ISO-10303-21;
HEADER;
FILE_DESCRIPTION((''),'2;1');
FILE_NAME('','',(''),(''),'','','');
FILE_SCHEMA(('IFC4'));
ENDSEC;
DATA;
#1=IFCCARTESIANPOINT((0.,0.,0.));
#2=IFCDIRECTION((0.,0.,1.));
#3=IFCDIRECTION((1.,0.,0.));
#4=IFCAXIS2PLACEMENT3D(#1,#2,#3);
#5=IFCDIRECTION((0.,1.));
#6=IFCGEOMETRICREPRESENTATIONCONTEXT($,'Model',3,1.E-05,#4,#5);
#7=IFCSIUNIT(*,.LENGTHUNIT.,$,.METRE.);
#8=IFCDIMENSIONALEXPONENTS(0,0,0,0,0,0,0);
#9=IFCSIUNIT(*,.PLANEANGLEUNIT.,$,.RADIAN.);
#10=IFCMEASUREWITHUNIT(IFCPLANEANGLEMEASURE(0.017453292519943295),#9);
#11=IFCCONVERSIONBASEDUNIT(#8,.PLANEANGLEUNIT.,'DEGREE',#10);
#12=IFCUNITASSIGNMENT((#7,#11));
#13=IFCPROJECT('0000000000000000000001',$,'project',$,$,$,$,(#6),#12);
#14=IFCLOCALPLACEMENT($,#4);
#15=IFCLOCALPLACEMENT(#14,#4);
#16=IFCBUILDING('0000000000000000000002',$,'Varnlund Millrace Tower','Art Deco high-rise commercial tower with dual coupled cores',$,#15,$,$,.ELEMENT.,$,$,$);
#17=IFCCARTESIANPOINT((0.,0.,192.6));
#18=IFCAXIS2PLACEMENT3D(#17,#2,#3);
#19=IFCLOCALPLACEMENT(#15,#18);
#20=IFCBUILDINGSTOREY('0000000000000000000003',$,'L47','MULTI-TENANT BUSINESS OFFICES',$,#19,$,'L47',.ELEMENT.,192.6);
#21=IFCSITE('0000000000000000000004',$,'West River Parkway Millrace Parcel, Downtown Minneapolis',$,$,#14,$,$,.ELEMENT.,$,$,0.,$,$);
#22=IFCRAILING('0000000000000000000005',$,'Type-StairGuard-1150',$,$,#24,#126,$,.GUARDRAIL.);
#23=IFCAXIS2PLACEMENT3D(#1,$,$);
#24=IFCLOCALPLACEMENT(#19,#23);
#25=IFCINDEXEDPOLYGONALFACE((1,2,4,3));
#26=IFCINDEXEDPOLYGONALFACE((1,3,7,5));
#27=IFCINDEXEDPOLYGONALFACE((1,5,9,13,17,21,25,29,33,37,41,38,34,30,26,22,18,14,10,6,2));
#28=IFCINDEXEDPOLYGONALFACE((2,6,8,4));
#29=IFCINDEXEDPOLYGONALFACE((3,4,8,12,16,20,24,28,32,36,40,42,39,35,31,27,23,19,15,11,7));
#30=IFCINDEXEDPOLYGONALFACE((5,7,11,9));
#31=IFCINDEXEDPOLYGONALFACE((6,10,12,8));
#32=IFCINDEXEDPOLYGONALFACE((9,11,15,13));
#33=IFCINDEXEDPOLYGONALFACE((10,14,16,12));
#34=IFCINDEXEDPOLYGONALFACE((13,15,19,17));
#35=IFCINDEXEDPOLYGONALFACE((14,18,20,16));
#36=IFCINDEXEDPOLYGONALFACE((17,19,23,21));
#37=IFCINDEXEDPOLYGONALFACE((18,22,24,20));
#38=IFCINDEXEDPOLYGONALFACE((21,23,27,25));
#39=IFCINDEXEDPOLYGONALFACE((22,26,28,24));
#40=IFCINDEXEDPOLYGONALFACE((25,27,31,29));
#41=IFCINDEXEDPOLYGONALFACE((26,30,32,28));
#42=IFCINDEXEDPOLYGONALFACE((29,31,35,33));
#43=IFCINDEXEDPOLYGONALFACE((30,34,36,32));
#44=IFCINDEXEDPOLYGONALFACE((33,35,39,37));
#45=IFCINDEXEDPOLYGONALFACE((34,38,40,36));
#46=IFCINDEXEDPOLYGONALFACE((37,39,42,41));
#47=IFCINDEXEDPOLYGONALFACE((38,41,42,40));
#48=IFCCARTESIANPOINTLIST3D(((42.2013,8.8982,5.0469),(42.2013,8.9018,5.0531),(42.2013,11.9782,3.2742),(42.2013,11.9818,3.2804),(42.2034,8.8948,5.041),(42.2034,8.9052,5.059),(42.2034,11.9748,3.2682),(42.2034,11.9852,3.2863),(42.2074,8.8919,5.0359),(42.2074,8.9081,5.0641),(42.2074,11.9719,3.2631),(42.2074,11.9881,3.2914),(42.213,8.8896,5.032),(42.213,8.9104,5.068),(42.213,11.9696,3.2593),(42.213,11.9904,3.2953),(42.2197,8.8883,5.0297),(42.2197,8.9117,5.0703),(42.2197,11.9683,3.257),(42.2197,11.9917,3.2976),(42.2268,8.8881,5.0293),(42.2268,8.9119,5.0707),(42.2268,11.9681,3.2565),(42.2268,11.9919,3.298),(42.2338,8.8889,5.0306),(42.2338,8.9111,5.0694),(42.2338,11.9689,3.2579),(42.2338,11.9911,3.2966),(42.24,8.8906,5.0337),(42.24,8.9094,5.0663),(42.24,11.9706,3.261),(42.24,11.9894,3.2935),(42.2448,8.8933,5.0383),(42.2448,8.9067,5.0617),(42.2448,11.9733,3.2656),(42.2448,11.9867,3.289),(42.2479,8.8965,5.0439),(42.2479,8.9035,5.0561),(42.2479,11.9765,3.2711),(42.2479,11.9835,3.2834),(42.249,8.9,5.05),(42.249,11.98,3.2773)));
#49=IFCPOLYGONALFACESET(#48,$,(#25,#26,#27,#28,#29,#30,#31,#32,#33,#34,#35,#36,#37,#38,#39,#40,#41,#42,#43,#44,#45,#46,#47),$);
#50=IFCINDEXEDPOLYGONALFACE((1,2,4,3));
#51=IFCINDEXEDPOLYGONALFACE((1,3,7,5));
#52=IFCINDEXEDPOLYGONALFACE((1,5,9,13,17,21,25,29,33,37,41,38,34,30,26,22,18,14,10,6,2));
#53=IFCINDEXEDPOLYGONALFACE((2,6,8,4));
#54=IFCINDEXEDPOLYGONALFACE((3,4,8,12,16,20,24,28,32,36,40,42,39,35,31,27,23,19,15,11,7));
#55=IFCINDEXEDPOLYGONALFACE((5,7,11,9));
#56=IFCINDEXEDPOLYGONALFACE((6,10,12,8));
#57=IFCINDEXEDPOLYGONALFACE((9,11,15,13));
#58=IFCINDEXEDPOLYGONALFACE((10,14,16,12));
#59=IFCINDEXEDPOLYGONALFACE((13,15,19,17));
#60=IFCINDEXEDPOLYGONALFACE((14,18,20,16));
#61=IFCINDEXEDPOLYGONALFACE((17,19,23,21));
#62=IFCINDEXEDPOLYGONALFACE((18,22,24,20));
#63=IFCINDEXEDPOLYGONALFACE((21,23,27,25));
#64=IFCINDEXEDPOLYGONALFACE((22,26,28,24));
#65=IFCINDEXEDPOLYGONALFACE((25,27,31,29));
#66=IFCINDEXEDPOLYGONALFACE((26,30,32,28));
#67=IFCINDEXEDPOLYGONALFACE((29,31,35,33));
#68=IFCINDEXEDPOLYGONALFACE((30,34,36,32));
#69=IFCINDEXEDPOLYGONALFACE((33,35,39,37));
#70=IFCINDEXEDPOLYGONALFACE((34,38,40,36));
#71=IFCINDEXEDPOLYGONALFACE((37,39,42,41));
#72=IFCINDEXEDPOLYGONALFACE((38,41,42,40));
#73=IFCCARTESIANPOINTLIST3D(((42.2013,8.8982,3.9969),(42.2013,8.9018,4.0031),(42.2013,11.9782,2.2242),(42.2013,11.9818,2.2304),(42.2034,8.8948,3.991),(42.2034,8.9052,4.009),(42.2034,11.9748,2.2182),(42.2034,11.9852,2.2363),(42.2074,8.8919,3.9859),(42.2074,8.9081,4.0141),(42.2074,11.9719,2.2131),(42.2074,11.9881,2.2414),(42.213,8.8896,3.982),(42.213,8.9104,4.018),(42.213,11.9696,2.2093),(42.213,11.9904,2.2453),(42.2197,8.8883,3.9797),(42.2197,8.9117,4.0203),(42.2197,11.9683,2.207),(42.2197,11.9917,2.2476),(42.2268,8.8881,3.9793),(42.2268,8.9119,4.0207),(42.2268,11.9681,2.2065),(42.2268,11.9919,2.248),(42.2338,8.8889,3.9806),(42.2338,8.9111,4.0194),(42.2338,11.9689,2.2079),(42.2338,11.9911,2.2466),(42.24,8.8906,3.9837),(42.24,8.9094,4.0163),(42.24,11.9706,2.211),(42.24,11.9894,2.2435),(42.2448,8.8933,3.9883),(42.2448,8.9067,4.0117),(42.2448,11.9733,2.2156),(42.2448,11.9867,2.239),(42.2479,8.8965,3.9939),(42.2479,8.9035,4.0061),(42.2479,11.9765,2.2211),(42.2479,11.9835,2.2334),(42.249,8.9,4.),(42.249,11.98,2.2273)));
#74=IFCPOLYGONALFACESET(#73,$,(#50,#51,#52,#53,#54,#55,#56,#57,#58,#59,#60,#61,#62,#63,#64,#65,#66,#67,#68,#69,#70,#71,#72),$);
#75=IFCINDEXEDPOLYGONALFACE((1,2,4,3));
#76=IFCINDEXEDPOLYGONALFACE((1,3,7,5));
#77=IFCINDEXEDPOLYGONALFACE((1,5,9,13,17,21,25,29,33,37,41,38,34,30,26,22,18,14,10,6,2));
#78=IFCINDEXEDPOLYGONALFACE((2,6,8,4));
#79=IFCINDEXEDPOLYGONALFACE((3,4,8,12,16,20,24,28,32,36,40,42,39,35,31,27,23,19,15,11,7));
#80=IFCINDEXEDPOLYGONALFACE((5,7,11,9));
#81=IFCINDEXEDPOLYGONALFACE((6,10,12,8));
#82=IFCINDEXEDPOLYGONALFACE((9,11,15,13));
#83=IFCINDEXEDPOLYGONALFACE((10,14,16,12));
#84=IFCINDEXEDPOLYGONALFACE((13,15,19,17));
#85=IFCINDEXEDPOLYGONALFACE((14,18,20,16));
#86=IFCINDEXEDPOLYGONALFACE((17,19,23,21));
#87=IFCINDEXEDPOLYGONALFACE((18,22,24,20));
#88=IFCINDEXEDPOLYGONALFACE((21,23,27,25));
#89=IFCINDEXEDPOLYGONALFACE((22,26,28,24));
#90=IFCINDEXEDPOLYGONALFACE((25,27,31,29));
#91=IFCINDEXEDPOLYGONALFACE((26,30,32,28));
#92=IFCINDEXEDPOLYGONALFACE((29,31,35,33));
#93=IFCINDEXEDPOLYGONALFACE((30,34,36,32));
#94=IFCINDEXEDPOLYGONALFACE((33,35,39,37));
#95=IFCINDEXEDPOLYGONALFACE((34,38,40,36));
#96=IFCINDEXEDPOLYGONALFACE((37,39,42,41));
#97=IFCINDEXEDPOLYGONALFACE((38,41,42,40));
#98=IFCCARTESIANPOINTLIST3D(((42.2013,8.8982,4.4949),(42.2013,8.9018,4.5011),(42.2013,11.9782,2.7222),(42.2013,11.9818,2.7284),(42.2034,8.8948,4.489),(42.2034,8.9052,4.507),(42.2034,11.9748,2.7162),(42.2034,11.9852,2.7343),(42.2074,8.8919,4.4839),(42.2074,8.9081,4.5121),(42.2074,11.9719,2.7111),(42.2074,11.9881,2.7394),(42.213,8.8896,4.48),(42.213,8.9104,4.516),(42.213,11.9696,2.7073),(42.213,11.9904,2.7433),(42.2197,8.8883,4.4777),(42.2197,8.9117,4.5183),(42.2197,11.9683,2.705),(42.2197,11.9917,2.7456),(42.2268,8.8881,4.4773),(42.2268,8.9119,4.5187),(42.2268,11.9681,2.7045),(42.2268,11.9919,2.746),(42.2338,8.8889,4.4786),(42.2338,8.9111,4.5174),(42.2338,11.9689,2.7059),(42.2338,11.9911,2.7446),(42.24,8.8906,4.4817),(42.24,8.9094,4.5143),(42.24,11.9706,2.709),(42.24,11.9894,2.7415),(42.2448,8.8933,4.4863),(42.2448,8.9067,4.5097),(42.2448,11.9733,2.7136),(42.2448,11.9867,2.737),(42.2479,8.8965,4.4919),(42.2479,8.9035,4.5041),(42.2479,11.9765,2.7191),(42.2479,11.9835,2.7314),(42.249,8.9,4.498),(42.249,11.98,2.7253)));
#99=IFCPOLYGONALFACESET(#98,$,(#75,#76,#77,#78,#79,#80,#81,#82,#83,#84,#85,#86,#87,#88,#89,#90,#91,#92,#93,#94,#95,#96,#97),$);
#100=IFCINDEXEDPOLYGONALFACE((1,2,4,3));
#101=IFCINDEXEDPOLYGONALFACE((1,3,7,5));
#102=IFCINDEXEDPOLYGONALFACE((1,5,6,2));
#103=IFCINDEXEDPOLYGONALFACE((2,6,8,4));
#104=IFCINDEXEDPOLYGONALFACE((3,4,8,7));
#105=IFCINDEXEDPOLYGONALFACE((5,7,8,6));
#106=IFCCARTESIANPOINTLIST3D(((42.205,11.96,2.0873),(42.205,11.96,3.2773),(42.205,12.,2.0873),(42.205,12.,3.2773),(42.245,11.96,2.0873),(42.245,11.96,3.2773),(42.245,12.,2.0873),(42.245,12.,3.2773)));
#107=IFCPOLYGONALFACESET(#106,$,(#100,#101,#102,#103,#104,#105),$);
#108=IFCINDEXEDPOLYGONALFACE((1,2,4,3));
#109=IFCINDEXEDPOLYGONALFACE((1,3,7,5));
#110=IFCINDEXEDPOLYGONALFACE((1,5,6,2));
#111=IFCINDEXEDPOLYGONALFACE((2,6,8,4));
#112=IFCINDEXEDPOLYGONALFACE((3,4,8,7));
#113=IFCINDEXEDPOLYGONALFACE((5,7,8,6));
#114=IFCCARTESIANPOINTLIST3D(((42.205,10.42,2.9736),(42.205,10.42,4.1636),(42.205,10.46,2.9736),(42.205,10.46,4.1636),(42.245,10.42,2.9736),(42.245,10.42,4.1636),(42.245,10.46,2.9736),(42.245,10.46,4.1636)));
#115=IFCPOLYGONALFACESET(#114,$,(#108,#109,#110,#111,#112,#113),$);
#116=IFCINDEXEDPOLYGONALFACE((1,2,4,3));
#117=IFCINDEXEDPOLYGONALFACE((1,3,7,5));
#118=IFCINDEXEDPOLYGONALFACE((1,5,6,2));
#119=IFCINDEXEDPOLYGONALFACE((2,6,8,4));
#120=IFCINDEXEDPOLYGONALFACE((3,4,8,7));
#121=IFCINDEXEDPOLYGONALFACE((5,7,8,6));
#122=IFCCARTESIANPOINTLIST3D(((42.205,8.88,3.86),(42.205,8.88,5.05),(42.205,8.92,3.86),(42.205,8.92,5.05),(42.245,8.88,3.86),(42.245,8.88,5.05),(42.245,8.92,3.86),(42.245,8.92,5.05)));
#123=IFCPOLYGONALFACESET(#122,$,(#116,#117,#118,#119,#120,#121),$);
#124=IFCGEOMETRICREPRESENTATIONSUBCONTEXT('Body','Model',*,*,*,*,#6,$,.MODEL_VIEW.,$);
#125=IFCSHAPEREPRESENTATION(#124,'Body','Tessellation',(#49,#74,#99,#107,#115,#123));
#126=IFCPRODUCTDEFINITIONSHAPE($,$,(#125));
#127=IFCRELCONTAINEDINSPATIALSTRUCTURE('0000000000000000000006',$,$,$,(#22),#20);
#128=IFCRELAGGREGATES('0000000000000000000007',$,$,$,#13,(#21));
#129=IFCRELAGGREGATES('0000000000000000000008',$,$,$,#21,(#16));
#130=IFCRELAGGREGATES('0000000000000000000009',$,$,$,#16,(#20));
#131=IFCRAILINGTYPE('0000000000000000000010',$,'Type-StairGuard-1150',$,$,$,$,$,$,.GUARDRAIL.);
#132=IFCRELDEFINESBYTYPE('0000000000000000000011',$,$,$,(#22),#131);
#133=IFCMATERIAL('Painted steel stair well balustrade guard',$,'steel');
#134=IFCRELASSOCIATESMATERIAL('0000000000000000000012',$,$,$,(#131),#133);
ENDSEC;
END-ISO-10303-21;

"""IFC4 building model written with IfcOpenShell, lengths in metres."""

from ifc_helpers import new_model, entity, si_unit, converted_unit, direction, frame, origin_with_axes, origin_2d_with_axis, place, context, subcontext, project, spatial, rectangle, circle, extrude, material, type_object, element, save


model = new_model("IFC4")

# Units and contexts
model_context = context("Model", 3, precision=1e-05, world=origin_with_axes(), true_north=direction((0.0, 1.0)))
body_context = subcontext(model_context, "Body", "Model", "MODEL_VIEW")
ifc_project = project(units=[si_unit("LENGTHUNIT", "METRE"), converted_unit("PLANEANGLEUNIT", "DEGREE", entity("IfcPlaneAngleMeasure", 0.017453292519943295), si_unit("PLANEANGLEUNIT", "RADIAN"), dimensions=[0, 0, 0, 0, 0, 0, 0])], contexts=[model_context])

# Site, building, storey
site_placement = place(None, origin_with_axes())
site = spatial("IfcSite", under=ifc_project, at=site_placement, Name="West River Parkway Millrace Parcel, Downtown Minneapolis", CompositionType="ELEMENT", RefElevation=0.0)
building_placement = place(site_placement, origin_with_axes())
building = spatial("IfcBuilding", under=site, at=building_placement, Name="Varnlund Millrace Tower", Description="Art Deco high-rise commercial tower with dual coupled cores", CompositionType="ELEMENT")
storey_placement = place(building_placement, frame((0.0, 0.0, 192.6), z_axis=(0.0, 0.0, 1.0), x_axis=(1.0, 0.0, 0.0)))
storey = spatial("IfcBuildingStorey", under=building, at=storey_placement, Name="L47", Description="MULTI-TENANT BUSINESS OFFICES", LongName="L47", CompositionType="ELEMENT", Elevation=192.6)

# Railing
ifc_material_1 = material(Name="Painted steel stair well balustrade guard", Category="steel")
railing_type_1 = type_object("IfcRailingType", Name="Type-StairGuard-1150", PredefinedType="GUARDRAIL", material=ifc_material_1)
railing_1_placement = place(storey_placement, frame((0.0, 0.0, -192.6), z_axis=(0.0, 0.0, 1.0), x_axis=(1.0, 0.0, 0.0)))
element("IfcRailing", 1, at=railing_1_placement, inside=storey, type_object=railing_type_1, Name="Type-StairGuard-1150", PredefinedType="GUARDRAIL", context=body_context, shape_type="SweptSolid", body=[
    extrude(circle(Radius=0.024, at=origin_2d_with_axis()), frame((42.225, 11.98, 195.8773), z_axis=(0.0, -0.866696, 0.498836), x_axis=(1.0, 0.0, 0.0)), (0.0, 0.0, 1.0), 3.5537),
    extrude(circle(Radius=0.024, at=origin_2d_with_axis()), frame((42.225, 11.98, 194.8273), z_axis=(0.0, -0.866696, 0.498836), x_axis=(1.0, 0.0, 0.0)), (0.0, 0.0, 1.0), 3.5537),
    extrude(circle(Radius=0.024, at=origin_2d_with_axis()), frame((42.225, 11.98, 195.3253), z_axis=(0.0, -0.866696, 0.498836), x_axis=(1.0, 0.0, 0.0)), (0.0, 0.0, 1.0), 3.5537),
    extrude(rectangle(XDim=0.04, YDim=0.04, at=origin_2d_with_axis()), frame((42.225, 11.98, 194.6873), z_axis=(0.0, 0.0, 1.0), x_axis=(1.0, 0.0, 0.0)), (0.0, 0.0, 1.0), 1.19),
    extrude(rectangle(XDim=0.04, YDim=0.04, at=origin_2d_with_axis()), frame((42.225, 10.44, 195.5736), z_axis=(0.0, 0.0, 1.0), x_axis=(1.0, 0.0, 0.0)), (0.0, 0.0, 1.0), 1.19),
    extrude(rectangle(XDim=0.04, YDim=0.04, at=origin_2d_with_axis()), frame((42.225, 8.9, 196.46), z_axis=(0.0, 0.0, 1.0), x_axis=(1.0, 0.0, 0.0)), (0.0, 0.0, 1.0), 1.19),
])

save(model, "model.ifc")
